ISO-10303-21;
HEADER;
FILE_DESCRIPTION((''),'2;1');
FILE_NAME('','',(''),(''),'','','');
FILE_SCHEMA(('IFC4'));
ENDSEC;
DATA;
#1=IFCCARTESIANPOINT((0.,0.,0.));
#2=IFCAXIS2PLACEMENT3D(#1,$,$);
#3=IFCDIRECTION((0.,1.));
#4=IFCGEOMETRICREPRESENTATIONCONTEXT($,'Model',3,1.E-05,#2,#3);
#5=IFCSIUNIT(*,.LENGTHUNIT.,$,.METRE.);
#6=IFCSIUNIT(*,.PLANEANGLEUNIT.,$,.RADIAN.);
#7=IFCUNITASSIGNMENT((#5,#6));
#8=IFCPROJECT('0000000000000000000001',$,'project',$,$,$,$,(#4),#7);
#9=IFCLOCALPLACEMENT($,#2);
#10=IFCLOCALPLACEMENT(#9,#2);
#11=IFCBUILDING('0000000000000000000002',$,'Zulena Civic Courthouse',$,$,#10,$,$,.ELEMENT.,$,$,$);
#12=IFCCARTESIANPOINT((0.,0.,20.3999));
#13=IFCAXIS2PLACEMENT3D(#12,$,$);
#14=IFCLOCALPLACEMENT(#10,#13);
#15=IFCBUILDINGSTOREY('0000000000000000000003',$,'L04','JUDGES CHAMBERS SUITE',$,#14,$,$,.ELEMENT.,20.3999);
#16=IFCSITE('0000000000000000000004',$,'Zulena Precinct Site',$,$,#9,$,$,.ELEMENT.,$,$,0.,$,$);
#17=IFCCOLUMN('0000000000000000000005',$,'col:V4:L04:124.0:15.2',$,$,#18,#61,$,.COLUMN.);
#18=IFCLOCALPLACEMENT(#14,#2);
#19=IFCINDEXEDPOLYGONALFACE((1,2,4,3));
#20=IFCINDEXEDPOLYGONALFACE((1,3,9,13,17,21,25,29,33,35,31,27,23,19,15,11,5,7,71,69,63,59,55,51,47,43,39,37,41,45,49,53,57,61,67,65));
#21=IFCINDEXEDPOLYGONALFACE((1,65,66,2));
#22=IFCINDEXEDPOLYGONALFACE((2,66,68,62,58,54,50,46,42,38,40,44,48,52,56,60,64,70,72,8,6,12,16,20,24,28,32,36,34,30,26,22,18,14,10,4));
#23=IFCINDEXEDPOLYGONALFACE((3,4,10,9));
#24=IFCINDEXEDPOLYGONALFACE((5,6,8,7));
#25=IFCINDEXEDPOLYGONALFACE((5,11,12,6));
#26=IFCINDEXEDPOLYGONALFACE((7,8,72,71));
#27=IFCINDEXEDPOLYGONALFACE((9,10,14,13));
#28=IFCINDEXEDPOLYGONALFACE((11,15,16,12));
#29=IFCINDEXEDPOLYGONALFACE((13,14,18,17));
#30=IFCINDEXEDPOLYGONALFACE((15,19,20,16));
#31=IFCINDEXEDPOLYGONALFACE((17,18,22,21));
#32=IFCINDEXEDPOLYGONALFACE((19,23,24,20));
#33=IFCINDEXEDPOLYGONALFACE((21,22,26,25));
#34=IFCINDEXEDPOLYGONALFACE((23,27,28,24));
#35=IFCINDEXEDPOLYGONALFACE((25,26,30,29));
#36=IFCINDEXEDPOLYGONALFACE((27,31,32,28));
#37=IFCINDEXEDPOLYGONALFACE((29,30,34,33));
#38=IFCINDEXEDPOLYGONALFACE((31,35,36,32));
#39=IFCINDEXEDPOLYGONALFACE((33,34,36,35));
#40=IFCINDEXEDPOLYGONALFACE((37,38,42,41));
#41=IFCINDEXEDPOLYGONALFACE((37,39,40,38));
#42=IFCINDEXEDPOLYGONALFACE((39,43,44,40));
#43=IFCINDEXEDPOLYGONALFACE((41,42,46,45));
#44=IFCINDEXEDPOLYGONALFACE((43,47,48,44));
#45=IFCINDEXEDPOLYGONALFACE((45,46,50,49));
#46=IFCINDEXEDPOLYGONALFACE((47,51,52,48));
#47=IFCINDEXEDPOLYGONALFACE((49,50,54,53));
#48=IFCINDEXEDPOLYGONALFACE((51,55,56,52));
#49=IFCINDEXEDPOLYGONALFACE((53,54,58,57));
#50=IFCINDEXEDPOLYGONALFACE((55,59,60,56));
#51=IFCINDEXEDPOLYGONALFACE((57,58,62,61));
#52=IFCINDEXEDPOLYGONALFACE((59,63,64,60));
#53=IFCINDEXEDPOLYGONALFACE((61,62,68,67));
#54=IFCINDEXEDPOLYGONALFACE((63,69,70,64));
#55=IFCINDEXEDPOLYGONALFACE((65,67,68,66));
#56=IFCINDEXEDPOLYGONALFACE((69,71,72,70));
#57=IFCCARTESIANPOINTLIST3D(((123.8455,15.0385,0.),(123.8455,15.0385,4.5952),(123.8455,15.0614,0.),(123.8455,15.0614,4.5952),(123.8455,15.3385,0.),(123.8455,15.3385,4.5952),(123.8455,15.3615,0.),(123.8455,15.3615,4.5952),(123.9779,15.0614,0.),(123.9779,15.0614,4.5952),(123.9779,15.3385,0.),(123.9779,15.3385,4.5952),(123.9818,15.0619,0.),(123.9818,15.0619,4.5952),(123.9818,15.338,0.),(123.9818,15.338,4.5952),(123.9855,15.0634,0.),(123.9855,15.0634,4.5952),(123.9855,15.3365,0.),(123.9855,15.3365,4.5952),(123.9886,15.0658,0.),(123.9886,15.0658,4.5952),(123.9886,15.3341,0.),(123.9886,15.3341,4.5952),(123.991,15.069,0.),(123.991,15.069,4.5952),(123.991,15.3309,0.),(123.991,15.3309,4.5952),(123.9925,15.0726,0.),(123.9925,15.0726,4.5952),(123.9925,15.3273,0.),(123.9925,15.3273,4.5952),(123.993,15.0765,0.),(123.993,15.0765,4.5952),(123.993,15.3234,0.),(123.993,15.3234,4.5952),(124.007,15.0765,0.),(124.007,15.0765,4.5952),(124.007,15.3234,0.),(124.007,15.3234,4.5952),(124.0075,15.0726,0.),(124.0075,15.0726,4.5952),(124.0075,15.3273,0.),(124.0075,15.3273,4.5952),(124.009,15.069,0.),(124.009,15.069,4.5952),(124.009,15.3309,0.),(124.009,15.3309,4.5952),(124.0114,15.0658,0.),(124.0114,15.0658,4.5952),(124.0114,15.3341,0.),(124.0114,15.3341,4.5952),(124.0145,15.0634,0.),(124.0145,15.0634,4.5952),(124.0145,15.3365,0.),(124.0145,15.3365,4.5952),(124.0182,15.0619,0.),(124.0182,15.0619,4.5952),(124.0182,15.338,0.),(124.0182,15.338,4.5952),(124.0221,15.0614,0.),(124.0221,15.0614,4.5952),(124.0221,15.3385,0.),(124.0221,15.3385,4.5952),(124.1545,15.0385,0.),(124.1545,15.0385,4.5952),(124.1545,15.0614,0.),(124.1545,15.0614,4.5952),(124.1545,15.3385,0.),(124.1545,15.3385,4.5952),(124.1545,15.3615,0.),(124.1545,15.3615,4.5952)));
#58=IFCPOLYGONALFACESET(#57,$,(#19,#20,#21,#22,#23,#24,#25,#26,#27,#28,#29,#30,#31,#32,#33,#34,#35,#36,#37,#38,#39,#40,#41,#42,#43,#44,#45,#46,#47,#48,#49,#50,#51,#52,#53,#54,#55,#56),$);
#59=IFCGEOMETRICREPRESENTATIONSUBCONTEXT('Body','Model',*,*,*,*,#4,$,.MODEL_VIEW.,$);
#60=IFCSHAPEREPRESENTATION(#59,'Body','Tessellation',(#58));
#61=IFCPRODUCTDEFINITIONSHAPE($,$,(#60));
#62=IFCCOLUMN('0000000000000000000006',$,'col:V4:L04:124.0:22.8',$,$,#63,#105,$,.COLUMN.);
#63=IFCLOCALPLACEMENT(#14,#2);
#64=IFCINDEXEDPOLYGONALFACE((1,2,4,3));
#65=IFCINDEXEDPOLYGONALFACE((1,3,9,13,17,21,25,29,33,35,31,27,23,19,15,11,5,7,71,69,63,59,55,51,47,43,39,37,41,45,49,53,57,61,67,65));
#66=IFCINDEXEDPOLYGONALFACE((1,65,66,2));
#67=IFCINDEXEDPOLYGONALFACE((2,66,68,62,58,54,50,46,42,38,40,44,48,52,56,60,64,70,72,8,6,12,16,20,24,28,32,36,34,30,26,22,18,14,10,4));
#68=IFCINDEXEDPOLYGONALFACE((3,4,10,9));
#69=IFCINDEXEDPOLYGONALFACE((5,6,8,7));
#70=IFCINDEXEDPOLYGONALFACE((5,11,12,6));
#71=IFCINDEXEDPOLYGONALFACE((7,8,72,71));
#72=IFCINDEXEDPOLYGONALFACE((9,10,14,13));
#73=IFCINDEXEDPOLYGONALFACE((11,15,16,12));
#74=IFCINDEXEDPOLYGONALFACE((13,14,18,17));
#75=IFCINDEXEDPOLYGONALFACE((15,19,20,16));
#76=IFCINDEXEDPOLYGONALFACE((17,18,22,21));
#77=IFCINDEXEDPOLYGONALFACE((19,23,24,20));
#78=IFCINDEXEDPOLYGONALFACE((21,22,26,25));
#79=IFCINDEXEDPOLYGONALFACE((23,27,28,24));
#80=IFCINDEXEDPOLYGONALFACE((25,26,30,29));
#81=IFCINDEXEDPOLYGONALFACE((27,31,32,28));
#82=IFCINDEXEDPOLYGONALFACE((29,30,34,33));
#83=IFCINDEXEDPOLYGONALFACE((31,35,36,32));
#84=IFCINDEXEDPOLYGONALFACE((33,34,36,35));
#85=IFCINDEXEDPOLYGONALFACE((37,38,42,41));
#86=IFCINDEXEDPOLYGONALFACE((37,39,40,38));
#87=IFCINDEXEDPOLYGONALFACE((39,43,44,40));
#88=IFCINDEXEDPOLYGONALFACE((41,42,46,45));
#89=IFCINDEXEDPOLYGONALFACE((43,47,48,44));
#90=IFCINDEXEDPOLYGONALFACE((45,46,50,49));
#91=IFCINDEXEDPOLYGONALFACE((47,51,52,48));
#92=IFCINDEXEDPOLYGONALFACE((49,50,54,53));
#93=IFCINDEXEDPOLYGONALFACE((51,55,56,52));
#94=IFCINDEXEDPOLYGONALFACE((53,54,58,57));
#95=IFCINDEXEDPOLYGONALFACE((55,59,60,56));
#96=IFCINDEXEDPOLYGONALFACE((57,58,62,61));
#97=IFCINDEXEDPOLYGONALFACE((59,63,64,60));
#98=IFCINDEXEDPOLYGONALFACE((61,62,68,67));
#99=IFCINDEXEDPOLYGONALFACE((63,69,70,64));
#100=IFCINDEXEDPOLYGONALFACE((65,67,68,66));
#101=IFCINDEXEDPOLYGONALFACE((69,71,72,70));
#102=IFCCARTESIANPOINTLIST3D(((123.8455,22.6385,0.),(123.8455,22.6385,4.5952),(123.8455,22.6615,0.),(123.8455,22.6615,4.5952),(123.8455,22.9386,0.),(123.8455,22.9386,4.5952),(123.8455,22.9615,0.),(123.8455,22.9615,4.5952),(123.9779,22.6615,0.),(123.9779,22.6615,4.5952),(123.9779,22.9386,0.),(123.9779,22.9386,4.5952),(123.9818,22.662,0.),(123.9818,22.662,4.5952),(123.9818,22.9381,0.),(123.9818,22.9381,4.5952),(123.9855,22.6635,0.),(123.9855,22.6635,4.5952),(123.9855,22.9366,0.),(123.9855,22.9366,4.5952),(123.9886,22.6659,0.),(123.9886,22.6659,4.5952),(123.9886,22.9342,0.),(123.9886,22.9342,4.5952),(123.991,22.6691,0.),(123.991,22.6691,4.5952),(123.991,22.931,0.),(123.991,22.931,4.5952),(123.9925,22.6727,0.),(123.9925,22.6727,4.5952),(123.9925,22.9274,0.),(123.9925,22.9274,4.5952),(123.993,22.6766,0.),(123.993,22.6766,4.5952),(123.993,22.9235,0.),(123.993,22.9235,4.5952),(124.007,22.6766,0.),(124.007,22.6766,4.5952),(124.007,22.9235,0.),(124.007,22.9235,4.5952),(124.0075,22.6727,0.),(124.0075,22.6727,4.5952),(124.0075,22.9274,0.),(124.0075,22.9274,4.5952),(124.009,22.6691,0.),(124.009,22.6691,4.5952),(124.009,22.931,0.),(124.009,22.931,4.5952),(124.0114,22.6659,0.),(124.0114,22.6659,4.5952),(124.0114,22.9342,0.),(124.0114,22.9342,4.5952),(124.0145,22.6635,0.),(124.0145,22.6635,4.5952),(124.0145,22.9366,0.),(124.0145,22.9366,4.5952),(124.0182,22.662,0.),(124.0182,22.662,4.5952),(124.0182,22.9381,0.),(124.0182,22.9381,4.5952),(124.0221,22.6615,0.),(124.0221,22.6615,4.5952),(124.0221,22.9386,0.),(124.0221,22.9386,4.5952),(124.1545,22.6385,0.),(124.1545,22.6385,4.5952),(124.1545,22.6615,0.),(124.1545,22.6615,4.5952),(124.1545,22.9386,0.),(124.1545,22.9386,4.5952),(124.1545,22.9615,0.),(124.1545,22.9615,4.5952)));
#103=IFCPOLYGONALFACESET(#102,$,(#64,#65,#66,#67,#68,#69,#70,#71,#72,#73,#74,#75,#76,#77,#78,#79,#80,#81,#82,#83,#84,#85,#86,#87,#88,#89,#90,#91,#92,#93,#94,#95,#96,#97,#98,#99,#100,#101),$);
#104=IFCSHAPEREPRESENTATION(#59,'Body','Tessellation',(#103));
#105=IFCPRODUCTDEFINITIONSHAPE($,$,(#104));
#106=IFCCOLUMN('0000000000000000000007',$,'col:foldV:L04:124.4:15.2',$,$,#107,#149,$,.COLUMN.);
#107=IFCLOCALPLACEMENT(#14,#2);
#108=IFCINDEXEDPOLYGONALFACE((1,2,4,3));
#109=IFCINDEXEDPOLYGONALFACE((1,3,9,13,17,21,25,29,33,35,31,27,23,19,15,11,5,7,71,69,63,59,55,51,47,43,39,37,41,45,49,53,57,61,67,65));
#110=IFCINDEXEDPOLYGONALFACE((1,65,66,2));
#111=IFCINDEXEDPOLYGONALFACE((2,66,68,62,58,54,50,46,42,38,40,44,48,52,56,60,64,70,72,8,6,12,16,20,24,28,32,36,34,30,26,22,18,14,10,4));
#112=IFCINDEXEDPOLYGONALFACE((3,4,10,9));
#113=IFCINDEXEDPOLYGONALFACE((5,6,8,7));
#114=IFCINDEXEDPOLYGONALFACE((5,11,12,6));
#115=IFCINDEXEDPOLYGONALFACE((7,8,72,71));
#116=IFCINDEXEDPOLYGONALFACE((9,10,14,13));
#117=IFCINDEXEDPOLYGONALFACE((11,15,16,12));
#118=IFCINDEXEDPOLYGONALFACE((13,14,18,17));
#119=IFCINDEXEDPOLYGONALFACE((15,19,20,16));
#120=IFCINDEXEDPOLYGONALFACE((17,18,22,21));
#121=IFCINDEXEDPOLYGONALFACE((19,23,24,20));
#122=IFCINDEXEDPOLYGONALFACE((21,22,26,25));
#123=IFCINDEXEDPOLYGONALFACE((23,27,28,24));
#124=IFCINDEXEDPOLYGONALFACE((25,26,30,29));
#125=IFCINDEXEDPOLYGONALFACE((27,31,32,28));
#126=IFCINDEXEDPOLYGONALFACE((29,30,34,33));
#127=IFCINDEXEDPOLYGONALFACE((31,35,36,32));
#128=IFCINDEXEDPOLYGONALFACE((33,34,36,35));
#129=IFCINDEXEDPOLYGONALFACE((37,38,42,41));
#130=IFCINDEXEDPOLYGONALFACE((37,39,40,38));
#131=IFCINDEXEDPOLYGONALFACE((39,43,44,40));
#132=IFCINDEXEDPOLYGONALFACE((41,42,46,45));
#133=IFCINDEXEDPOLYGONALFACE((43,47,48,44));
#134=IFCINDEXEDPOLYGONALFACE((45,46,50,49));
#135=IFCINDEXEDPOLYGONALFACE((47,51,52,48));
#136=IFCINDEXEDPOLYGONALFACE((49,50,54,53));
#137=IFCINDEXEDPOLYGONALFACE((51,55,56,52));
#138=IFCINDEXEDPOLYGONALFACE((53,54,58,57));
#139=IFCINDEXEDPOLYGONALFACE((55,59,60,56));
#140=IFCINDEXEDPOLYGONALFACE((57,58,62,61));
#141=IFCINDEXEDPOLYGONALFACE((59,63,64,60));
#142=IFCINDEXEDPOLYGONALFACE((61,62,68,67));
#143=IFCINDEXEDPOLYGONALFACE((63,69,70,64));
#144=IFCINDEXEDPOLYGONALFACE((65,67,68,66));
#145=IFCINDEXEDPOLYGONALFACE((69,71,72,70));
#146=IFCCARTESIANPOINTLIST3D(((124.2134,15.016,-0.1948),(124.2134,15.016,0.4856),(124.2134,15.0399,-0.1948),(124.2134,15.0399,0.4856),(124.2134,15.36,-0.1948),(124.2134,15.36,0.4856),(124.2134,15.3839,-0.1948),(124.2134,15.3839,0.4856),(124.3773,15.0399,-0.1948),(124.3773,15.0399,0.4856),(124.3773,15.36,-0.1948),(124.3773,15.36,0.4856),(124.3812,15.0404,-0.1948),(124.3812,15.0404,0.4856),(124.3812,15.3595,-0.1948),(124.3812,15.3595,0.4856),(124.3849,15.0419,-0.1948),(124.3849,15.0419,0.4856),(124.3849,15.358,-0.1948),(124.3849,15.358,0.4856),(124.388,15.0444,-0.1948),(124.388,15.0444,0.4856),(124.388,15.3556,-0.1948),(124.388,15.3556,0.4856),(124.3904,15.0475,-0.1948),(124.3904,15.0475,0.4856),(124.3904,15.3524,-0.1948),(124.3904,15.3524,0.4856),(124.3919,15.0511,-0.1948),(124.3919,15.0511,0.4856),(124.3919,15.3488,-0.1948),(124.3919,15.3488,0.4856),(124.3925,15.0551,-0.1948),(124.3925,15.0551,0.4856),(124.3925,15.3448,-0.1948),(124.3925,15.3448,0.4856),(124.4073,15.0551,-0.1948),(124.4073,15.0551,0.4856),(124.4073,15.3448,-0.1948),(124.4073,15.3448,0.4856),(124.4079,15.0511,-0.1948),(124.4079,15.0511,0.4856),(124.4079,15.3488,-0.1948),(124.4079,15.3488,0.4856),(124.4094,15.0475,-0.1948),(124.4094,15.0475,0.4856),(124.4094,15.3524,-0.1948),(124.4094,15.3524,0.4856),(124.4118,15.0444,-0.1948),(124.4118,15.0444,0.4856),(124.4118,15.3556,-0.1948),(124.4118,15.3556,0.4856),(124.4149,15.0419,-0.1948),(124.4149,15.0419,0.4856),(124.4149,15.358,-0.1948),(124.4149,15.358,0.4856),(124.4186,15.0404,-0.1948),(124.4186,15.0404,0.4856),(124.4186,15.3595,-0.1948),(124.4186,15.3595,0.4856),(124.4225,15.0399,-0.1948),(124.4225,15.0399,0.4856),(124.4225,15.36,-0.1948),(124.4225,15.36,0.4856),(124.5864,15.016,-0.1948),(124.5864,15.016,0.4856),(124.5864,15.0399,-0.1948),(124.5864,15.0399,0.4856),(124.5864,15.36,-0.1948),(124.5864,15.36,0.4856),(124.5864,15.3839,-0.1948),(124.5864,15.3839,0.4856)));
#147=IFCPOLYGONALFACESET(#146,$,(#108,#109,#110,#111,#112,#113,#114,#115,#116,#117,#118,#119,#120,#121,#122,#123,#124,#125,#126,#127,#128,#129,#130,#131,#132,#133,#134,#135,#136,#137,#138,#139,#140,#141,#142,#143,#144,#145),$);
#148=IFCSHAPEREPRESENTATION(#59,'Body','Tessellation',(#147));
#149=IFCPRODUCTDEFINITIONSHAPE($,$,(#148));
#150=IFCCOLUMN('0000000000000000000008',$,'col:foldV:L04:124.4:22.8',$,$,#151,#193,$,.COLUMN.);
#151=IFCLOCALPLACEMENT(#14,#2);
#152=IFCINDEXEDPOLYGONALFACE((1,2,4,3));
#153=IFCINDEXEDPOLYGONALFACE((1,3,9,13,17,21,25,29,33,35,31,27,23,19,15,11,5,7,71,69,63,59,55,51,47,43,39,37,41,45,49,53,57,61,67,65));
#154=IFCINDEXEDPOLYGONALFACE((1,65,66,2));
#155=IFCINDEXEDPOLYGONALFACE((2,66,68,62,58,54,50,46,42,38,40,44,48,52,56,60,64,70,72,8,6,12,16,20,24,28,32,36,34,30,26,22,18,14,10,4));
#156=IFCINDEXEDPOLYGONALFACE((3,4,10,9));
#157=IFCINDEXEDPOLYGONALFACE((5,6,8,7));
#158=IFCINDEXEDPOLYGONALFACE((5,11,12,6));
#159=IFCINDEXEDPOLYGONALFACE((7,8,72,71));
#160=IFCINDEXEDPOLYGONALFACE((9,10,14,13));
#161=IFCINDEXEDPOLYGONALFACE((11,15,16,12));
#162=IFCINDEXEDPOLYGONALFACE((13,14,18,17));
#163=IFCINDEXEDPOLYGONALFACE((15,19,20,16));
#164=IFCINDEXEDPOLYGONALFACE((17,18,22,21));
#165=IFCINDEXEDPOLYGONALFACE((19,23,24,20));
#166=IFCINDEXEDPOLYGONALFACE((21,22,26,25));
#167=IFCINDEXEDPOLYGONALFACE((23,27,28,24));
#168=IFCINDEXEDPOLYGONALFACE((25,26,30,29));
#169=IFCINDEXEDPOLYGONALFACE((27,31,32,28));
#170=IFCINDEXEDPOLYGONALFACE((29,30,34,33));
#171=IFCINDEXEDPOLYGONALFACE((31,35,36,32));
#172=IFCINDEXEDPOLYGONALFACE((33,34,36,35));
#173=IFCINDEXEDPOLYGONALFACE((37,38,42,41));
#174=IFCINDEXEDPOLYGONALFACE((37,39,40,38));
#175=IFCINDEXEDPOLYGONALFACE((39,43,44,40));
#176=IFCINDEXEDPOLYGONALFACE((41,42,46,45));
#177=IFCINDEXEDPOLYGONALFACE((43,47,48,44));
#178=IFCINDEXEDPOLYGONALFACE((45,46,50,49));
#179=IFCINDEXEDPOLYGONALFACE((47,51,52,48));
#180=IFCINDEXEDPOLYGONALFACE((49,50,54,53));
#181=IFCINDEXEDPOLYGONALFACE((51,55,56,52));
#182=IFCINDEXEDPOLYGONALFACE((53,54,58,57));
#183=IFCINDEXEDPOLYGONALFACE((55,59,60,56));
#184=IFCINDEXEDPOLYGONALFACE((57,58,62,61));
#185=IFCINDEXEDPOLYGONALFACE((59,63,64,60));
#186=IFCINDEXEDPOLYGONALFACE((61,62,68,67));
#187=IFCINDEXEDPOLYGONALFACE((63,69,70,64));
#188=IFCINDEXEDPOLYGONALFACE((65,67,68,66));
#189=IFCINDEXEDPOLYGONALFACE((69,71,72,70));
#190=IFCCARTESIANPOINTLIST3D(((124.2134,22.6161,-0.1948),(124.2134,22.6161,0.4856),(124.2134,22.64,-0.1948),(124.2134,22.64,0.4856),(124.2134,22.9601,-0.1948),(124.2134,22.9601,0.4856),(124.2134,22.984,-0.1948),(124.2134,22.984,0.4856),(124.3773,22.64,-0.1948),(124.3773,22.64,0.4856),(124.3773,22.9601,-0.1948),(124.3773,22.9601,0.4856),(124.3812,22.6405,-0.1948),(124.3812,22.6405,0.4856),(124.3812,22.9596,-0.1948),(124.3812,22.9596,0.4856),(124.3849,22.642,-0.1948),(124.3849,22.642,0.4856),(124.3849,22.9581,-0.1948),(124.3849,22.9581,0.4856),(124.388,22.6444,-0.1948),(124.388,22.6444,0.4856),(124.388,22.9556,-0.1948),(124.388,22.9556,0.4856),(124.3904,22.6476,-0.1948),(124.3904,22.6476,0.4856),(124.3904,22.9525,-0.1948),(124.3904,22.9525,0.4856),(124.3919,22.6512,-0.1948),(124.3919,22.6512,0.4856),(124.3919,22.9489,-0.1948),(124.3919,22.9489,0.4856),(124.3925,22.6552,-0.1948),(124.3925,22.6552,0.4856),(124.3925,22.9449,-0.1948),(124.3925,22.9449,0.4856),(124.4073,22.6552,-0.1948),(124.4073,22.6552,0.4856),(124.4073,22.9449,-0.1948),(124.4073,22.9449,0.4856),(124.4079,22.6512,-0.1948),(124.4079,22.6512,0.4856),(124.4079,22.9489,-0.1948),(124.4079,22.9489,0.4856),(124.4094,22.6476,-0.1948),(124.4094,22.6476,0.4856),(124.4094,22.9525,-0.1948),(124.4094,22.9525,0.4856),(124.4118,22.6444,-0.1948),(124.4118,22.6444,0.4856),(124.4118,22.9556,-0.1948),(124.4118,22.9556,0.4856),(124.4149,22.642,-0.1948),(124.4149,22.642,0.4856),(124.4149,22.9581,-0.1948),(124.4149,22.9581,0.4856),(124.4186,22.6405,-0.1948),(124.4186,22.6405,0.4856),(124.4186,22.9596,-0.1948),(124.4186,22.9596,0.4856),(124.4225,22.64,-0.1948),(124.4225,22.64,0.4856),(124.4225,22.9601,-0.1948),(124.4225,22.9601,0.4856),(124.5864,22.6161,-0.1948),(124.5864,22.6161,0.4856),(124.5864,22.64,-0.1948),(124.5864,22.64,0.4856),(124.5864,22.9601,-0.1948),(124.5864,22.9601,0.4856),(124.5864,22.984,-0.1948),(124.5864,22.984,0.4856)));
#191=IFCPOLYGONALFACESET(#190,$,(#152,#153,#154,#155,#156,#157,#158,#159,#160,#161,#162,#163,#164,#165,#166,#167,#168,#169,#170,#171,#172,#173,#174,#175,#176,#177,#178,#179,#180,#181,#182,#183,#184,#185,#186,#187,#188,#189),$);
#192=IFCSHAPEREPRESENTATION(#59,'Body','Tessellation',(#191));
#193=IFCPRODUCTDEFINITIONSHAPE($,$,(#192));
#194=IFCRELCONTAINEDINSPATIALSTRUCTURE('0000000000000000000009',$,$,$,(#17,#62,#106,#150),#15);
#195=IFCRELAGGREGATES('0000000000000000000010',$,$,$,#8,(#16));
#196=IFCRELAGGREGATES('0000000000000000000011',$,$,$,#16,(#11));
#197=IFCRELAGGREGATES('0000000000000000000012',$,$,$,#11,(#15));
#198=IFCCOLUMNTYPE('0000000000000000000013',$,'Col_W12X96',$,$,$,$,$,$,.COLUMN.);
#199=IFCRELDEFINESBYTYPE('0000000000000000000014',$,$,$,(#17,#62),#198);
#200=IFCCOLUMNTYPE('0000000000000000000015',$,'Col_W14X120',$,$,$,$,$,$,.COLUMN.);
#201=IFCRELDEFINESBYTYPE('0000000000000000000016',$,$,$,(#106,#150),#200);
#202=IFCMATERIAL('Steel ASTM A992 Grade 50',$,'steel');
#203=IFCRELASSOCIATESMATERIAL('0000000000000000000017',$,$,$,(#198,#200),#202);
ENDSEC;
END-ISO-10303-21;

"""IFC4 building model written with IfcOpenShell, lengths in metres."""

from ifc_helpers import new_model, si_unit, direction, frame, origin, origin_2d, place, context, subcontext, project, spatial, i_section, extrude, material, material_profile, profile_set, type_object, element, save


model = new_model("IFC4")

# Units and contexts
model_context = context("Model", 3, precision=1e-05, world=origin(), true_north=direction((0.0, 1.0)))
body_context = subcontext(model_context, "Body", "Model", "MODEL_VIEW")
ifc_project = project(units=[si_unit("LENGTHUNIT", "METRE"), si_unit("PLANEANGLEUNIT", "RADIAN")], contexts=[model_context])

# Site, building, storey
site_placement = place(None, origin())
site = spatial("IfcSite", under=ifc_project, at=site_placement, Name="Zulena Precinct Site", CompositionType="ELEMENT", RefElevation=0.0)
building_placement = place(site_placement, origin())
building = spatial("IfcBuilding", under=site, at=building_placement, Name="Zulena Civic Courthouse", CompositionType="ELEMENT")
storey_placement = place(building_placement, frame((0.0, 0.0, 20.3999)))
storey = spatial("IfcBuildingStorey", under=building, at=storey_placement, Name="L04", Description="JUDGES CHAMBERS SUITE", CompositionType="ELEMENT", Elevation=20.3999)

# Columns
ifc_material_1 = material(Name="Steel ASTM A992 Grade 50", Category="steel")
ifc_material_profile_1 = material_profile(ifc_material_1, i_section(OverallWidth=0.3091, OverallDepth=0.323, WebThickness=0.0139, FlangeThickness=0.0229, FilletRadius=0.0151, at=origin_2d()), Name="W12X96")
ifc_profile_set_1 = profile_set([ifc_material_profile_1], Name="Steel ASTM A992 Grade 50")
column_type_1 = type_object("IfcColumnType", Name="Col_W12X96", PredefinedType="COLUMN", material=ifc_profile_set_1)
for number, where, z_axis, x_axis, name in (
    (1, (124.0, 15.2, 0.0), (0.0, 0.0, 1.0), (1.0, 0.0, 0.0), "col:V4:L04:124.0:15.2"),
    (2, (124.0, 22.8, 0.0), (0.0, 0.0, 1.0), (1.0, 0.0, 0.0), "col:V4:L04:124.0:22.8"),
):
    element("IfcColumn", number, at=place(storey_placement, frame(where, z_axis=z_axis, x_axis=x_axis)), inside=storey, type_object=column_type_1, Name=name, PredefinedType="COLUMN", context=body_context, shape_type="SweptSolid", body=[
        extrude(i_section(OverallWidth=0.3091, OverallDepth=0.323, WebThickness=0.0139, FlangeThickness=0.0229, FilletRadius=0.0151, at=origin_2d()), origin(), (0.0, 0.0, 1.0), 4.5952),
    ])
ifc_material_profile_2 = material_profile(ifc_material_1, i_section(OverallWidth=0.373, OverallDepth=0.3679, WebThickness=0.0149, FlangeThickness=0.0239, FilletRadius=0.0151, at=origin_2d()), Name="W14X120")
ifc_profile_set_2 = profile_set([ifc_material_profile_2], Name="Steel ASTM A992 Grade 50")
column_type_2 = type_object("IfcColumnType", Name="Col_W14X120", PredefinedType="COLUMN", material=ifc_profile_set_2)
for number, where, z_axis, x_axis, name in (
    (3, (124.3999, 15.2, -0.1948), (0.0, 0.0, 1.0), (1.0, 0.0, 0.0), "col:foldV:L04:124.4:15.2"),
    (4, (124.3999, 22.8, -0.1948), (0.0, 0.0, 1.0), (1.0, 0.0, 0.0), "col:foldV:L04:124.4:22.8"),
):
    element("IfcColumn", number, at=place(storey_placement, frame(where, z_axis=z_axis, x_axis=x_axis)), inside=storey, type_object=column_type_2, Name=name, PredefinedType="COLUMN", context=body_context, shape_type="SweptSolid", body=[
        extrude(i_section(OverallWidth=0.373, OverallDepth=0.3679, WebThickness=0.0149, FlangeThickness=0.0239, FilletRadius=0.0151, at=origin_2d()), origin(), (0.0, 0.0, 1.0), 0.6804),
    ])

save(model, "model.ifc")
